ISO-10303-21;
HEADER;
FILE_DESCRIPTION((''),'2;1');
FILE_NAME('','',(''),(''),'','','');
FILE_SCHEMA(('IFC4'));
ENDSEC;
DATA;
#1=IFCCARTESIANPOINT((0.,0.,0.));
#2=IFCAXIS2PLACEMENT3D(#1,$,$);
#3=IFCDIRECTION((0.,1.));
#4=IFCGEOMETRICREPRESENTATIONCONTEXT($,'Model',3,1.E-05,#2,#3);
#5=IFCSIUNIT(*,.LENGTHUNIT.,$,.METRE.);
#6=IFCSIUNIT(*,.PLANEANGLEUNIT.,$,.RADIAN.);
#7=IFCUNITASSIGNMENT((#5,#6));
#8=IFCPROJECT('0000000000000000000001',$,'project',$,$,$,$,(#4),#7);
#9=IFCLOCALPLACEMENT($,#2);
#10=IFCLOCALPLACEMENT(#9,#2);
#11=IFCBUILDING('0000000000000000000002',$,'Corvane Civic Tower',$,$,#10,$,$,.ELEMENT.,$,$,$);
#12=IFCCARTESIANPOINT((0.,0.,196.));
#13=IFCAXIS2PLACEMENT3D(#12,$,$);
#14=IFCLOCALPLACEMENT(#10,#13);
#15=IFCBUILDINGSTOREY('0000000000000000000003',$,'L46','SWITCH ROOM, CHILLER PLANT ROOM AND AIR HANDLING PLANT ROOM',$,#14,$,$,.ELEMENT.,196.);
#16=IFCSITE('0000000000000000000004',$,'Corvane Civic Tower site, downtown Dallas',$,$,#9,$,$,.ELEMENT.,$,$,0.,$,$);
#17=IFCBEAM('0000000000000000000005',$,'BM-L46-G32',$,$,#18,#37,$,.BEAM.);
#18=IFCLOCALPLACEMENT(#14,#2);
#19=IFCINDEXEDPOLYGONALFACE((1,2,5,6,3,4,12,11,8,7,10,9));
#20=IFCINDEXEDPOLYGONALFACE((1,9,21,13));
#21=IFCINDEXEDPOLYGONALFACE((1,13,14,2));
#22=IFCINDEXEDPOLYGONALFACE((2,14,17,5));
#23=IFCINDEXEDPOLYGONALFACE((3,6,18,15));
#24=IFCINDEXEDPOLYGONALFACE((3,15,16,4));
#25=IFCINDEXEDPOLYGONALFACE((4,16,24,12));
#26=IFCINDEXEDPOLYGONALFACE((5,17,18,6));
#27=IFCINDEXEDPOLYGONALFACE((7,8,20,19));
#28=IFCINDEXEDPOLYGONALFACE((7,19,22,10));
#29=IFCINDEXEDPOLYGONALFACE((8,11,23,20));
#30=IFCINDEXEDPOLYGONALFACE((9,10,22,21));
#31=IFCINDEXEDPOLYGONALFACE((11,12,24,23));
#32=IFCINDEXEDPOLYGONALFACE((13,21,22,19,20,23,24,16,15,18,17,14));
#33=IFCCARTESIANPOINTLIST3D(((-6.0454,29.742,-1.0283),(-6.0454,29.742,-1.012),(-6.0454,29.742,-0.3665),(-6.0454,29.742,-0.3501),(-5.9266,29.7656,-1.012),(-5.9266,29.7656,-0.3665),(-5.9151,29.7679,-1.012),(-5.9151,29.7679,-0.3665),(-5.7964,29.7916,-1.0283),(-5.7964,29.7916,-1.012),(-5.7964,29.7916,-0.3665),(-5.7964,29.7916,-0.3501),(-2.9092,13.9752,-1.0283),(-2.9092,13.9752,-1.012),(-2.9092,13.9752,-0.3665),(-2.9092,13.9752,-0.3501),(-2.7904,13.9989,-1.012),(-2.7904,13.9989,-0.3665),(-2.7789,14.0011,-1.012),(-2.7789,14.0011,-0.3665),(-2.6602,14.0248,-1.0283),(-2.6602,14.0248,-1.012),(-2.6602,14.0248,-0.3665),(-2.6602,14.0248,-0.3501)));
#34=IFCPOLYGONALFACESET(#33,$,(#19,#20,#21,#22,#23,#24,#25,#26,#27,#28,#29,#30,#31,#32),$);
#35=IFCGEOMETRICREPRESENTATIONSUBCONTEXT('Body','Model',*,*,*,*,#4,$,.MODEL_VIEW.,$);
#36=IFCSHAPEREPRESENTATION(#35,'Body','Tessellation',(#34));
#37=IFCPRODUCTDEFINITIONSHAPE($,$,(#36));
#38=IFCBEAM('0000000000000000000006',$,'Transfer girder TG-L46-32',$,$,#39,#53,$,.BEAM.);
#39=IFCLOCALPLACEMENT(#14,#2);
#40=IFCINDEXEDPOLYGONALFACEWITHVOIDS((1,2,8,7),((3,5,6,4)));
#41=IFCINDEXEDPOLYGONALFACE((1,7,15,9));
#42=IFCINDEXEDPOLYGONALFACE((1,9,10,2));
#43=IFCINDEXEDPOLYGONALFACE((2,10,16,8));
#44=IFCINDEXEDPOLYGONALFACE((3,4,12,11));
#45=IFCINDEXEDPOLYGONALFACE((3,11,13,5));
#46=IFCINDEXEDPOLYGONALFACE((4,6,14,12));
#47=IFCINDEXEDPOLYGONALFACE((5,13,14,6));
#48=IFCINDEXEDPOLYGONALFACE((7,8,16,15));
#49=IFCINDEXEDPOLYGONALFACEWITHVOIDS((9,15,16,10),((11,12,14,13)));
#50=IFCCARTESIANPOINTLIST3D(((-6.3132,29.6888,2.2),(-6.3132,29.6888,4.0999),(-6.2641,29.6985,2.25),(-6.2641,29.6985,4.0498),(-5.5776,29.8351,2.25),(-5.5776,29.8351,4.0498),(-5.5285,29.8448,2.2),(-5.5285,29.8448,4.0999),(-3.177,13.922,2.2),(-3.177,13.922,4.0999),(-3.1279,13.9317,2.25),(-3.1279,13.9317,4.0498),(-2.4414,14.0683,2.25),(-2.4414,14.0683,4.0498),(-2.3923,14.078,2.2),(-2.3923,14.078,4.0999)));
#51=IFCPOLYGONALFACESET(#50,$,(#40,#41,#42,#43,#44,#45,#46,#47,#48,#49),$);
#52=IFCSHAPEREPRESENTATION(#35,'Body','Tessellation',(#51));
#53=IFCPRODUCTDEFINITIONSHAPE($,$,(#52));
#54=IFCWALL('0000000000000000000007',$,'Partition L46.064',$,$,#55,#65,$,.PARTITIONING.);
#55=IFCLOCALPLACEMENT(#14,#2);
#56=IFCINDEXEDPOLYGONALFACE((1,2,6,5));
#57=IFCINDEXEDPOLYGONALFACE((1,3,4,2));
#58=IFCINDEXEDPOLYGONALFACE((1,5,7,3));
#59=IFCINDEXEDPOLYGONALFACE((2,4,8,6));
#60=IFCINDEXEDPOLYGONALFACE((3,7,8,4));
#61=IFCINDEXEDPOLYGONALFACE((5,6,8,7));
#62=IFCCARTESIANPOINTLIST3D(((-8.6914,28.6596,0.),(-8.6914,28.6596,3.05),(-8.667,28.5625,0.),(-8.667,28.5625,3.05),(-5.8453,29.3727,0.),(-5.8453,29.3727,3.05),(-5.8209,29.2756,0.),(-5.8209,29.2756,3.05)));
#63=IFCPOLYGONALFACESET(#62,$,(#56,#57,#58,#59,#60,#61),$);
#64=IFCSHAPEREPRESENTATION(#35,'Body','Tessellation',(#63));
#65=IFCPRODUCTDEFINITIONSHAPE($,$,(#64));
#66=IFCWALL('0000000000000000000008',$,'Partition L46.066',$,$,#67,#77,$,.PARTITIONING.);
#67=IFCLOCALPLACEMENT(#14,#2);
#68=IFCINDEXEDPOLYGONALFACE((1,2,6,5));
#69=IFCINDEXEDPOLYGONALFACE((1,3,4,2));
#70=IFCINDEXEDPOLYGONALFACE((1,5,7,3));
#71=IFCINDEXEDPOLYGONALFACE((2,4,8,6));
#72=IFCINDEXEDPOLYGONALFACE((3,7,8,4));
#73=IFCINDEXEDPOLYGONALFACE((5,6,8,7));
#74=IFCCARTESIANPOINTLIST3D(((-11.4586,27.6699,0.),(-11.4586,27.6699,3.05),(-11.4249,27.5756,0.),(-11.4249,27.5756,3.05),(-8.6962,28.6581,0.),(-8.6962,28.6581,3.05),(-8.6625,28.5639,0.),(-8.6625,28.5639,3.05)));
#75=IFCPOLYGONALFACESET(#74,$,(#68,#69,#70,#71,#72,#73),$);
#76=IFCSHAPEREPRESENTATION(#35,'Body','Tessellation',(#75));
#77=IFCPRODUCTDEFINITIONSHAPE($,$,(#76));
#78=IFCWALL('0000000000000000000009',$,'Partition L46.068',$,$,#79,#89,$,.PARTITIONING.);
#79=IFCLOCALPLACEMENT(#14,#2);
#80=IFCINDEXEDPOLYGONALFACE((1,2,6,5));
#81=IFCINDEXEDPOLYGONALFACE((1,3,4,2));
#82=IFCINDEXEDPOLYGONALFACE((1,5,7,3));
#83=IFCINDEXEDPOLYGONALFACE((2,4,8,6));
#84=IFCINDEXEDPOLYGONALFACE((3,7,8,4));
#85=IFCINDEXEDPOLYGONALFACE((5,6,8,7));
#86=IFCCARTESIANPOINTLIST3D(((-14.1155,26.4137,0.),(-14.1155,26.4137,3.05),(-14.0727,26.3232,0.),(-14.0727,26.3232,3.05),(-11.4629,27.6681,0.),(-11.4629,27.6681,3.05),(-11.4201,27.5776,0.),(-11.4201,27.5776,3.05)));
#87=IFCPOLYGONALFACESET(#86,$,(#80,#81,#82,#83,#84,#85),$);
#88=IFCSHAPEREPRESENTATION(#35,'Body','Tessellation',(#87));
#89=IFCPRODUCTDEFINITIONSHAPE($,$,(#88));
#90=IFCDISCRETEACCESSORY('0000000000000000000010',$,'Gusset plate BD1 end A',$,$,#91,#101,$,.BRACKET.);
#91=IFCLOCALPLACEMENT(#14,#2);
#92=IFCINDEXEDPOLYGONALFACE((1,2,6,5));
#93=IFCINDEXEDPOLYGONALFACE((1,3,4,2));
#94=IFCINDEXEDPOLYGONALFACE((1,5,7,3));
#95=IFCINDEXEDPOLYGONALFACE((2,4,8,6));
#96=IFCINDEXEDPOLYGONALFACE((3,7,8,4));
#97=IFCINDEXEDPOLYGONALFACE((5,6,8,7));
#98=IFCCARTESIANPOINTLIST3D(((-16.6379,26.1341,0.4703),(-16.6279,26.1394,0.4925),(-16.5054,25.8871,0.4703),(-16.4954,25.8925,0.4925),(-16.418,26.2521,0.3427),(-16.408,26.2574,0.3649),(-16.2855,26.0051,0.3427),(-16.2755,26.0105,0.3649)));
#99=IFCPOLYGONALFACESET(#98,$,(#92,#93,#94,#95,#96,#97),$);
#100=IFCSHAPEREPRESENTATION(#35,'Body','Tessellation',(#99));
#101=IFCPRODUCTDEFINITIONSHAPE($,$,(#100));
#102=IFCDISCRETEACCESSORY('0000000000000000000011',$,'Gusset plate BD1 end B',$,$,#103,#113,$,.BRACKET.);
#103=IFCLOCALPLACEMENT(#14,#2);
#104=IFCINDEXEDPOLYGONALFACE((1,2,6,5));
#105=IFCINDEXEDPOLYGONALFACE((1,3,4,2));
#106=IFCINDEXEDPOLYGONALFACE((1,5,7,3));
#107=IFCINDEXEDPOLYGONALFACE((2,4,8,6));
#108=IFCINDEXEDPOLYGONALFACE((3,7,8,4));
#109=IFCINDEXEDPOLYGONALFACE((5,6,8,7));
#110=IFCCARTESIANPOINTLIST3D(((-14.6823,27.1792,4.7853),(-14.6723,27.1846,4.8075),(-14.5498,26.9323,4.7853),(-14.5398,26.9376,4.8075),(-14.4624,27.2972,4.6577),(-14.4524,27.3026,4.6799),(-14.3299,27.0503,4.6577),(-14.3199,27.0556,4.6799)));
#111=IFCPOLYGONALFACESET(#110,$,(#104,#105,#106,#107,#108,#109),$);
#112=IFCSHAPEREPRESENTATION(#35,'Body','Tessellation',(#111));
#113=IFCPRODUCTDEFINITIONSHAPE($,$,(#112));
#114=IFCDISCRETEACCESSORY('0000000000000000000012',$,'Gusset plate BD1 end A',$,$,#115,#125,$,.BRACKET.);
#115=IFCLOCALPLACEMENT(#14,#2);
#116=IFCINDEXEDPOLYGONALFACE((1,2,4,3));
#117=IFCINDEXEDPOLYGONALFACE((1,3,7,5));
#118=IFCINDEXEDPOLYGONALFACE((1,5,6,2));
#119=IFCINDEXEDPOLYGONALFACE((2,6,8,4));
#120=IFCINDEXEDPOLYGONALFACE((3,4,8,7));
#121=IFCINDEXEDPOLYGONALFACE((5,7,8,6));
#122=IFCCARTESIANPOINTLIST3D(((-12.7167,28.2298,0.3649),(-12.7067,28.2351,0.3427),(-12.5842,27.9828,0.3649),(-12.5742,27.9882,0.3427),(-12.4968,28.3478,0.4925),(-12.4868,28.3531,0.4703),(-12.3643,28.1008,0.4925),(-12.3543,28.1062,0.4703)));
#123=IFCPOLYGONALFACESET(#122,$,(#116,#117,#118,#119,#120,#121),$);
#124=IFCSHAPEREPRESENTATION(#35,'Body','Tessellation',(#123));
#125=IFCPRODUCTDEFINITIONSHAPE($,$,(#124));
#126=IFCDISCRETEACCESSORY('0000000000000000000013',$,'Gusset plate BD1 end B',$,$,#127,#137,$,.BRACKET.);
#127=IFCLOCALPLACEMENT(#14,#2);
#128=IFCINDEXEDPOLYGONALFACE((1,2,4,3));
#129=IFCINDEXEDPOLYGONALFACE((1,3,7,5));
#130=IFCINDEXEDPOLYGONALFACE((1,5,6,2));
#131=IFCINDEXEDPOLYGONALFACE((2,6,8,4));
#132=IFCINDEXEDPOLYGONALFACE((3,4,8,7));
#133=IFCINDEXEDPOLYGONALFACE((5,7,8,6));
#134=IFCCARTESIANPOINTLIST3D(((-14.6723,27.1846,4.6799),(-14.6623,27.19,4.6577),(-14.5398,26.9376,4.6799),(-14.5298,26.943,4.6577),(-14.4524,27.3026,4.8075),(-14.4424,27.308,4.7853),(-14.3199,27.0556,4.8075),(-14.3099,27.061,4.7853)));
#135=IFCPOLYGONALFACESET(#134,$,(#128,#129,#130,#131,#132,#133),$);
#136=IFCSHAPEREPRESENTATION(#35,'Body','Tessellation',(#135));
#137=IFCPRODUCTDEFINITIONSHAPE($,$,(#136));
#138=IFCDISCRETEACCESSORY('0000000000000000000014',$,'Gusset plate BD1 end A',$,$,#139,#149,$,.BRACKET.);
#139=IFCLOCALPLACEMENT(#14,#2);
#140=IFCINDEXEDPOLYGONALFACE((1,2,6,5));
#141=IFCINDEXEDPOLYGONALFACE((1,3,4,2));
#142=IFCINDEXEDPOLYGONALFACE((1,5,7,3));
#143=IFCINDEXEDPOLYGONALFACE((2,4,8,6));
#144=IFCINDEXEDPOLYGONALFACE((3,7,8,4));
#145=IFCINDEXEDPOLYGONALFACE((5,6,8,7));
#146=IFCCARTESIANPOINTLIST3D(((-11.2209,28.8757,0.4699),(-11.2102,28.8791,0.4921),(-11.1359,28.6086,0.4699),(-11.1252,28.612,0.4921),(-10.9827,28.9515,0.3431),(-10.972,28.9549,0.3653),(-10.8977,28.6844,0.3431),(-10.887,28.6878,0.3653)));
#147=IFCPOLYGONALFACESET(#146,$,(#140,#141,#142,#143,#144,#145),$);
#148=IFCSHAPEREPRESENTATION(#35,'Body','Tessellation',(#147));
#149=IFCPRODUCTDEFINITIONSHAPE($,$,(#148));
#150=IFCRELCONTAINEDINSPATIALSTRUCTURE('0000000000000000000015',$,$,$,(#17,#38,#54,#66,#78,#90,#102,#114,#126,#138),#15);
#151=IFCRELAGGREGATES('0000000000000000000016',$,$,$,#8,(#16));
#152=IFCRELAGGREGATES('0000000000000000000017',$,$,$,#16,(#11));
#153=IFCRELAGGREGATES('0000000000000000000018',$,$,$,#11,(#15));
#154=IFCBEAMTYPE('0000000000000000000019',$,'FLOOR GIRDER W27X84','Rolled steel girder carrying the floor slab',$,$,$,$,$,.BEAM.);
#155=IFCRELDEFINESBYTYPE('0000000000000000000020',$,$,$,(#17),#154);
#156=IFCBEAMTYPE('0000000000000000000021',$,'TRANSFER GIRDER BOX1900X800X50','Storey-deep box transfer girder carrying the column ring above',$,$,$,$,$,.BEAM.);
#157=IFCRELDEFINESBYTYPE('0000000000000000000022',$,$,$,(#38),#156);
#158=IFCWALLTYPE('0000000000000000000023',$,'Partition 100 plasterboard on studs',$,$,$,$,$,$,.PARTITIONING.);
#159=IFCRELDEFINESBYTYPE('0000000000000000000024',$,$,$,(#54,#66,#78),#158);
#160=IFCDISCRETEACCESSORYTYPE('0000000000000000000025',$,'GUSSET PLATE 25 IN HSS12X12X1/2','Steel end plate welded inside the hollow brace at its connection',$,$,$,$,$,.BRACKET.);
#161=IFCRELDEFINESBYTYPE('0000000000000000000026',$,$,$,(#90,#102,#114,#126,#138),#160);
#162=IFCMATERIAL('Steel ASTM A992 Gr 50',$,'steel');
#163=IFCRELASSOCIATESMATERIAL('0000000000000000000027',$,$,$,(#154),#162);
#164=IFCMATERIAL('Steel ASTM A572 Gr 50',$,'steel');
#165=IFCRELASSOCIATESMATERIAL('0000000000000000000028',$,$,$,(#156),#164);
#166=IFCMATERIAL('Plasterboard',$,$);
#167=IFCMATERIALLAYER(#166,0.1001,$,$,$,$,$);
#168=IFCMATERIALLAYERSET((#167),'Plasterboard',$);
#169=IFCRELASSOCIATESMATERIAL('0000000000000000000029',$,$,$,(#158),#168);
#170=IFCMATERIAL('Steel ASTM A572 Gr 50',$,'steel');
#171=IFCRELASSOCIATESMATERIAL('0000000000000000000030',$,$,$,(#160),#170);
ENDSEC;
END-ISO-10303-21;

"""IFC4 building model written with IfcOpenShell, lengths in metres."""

from ifc_helpers import new_model, si_unit, direction, frame, frame_2d, origin, origin_2d, place, context, subcontext, project, spatial, rectangle, hollow_rectangle, i_section, extrude, material, layer, layer_set, material_profile, profile_set, type_object, element, save


model = new_model("IFC4")

# Units and contexts
model_context = context("Model", 3, precision=1e-05, world=origin(), true_north=direction((0.0, 1.0)))
body_context = subcontext(model_context, "Body", "Model", "MODEL_VIEW")
ifc_project = project(units=[si_unit("LENGTHUNIT", "METRE"), si_unit("PLANEANGLEUNIT", "RADIAN")], contexts=[model_context])

# Site, building, storey
site_placement = place(None, origin())
site = spatial("IfcSite", under=ifc_project, at=site_placement, Name="Corvane Civic Tower site, downtown Dallas", CompositionType="ELEMENT", RefElevation=0.0)
building_placement = place(site_placement, origin())
building = spatial("IfcBuilding", under=site, at=building_placement, Name="Corvane Civic Tower", CompositionType="ELEMENT")
storey_placement = place(building_placement, frame((0.0, 0.0, 196.0)))
storey = spatial("IfcBuildingStorey", under=building, at=storey_placement, Name="L46", Description="SWITCH ROOM, CHILLER PLANT ROOM AND AIR HANDLING PLANT ROOM", CompositionType="ELEMENT", Elevation=196.0)

# Beams
ifc_material_1 = material(Name="Steel ASTM A992 Gr 50", Category="steel")
ifc_material_profile_1 = material_profile(ifc_material_1, i_section(OverallWidth=0.2539, OverallDepth=0.6782, WebThickness=0.0117, FlangeThickness=0.0164, at=origin_2d()), Name="W27X84")
ifc_profile_set_1 = profile_set([ifc_material_profile_1], Name="Steel ASTM A992 Gr 50")
beam_type_1 = type_object("IfcBeamType", Name="FLOOR GIRDER W27X84", Description="Rolled steel girder carrying the floor slab", PredefinedType="BEAM", material=ifc_profile_set_1)
beam_1_placement = place(storey_placement, frame((-2.7847, 14.0, -0.6892), z_axis=(-0.195091, 0.980785, 0.0), x_axis=(-0.980785, -0.195091, 0.0)))
element("IfcBeam", 1, at=beam_1_placement, inside=storey, type_object=beam_type_1, Name="BM-L46-G32", PredefinedType="BEAM", context=body_context, shape_type="SweptSolid", body=[
    extrude(i_section(OverallWidth=0.2539, OverallDepth=0.6782, WebThickness=0.0117, FlangeThickness=0.0164, at=origin_2d()), origin(), (0.0, 0.0, 1.0), 16.0757),
])
ifc_material_2 = material(Name="Steel ASTM A572 Gr 50", Category="steel")
ifc_material_profile_2 = material_profile(ifc_material_2, hollow_rectangle(XDim=0.8, YDim=1.8999, WallThickness=0.05, at=origin_2d()), Name="BOX1900X800X50")
ifc_profile_set_2 = profile_set([ifc_material_profile_2], Name="Steel ASTM A572 Gr 50")
beam_type_2 = type_object("IfcBeamType", Name="TRANSFER GIRDER BOX1900X800X50", Description="Storey-deep box transfer girder carrying the column ring above", PredefinedType="BEAM", material=ifc_profile_set_2)
beam_2_placement = place(storey_placement, frame((-2.7847, 14.0, 3.1499), z_axis=(-0.195091, 0.980785, 0.0), x_axis=(-0.980785, -0.195091, 0.0)))
element("IfcBeam", 2, at=beam_2_placement, inside=storey, type_object=beam_type_2, Name="Transfer girder TG-L46-32", PredefinedType="BEAM", context=body_context, shape_type="SweptSolid", body=[
    extrude(hollow_rectangle(XDim=0.8, YDim=1.8999, WallThickness=0.05, at=origin_2d()), origin(), (0.0, 0.0, 1.0), 16.0757),
])

# Walls
ifc_material_3 = material(Name="Plasterboard")
ifc_layer = layer(ifc_material_3, 0.1001)
ifc_layer_set = layer_set([ifc_layer], Name="Plasterboard")
wall_type = type_object("IfcWallType", Name="Partition 100 plasterboard on studs", PredefinedType="PARTITIONING", material=ifc_layer_set)
wall_1_placement = place(storey_placement, frame((-8.6792, 28.6111, 0.0), z_axis=(0.0, 0.0, 1.0), x_axis=(0.970015, 0.243045, 0.0)))
element("IfcWall", 3, at=wall_1_placement, inside=storey, type_object=wall_type, Name="Partition L46.064", PredefinedType="PARTITIONING", context=body_context, shape_type="SweptSolid", body=[
    extrude(rectangle(XDim=2.9341, YDim=0.1001, at=frame_2d((1.467, 0.0))), origin(), (0.0, 0.0, 1.0), 3.05),
])
wall_2_placement = place(storey_placement, frame((-11.4417, 27.6228, 0.0), z_axis=(0.0, 0.0, 1.0), x_axis=(0.941559, 0.336848, 0.0)))
element("IfcWall", 4, at=wall_2_placement, inside=storey, type_object=wall_type, Name="Partition L46.066", PredefinedType="PARTITIONING", context=body_context, shape_type="SweptSolid", body=[
    extrude(rectangle(XDim=2.9338, YDim=0.1001, at=frame_2d((1.4668, 0.0))), origin(), (0.0, 0.0, 1.0), 3.05),
])
wall_3_placement = place(storey_placement, frame((-14.0942, 26.3684, 0.0), z_axis=(0.0, 0.0, 1.0), x_axis=(0.904014, 0.427503, 0.0)))
element("IfcWall", 5, at=wall_3_placement, inside=storey, type_object=wall_type, Name="Partition L46.068", PredefinedType="PARTITIONING", context=body_context, shape_type="SweptSolid", body=[
    extrude(rectangle(XDim=2.9343, YDim=0.1001, at=frame_2d((1.4673, 0.0))), origin(), (0.0, 0.0, 1.0), 3.05),
])

# Discrete accessories
ifc_material_4 = material(Name="Steel ASTM A572 Gr 50", Category="steel")
ifc_material_profile_3 = material_profile(ifc_material_4, rectangle(XDim=0.2803, YDim=0.2803, at=origin_2d()), Name="GUSSET PLATE 25 IN HSS12X12X1/2")
ifc_profile_set_3 = profile_set([ifc_material_profile_3], Name="Steel ASTM A572 Gr 50")
discrete_accessory_type = type_object("IfcDiscreteAccessoryType", Name="GUSSET PLATE 25 IN HSS12X12X1/2", Description="Steel end plate welded inside the hollow brace at its connection", PredefinedType="BRACKET", material=ifc_profile_set_3)
for number, where, z_axis, x_axis, name in (
    (6, (-16.4617, 26.0696, 0.4065), (0.401152, 0.215252, 0.890362), (-0.472818, 0.88116, 0.0), "Gusset plate BD1 end A"),
    (7, (-14.4961, 27.1201, 4.7437), (-0.401152, -0.215252, -0.890362), (0.472818, -0.88116, 0.0), "Gusset plate BD1 end B"),
    (8, (-12.5305, 28.1707, 0.4065), (-0.401152, -0.215252, 0.890362), (0.472818, -0.88116, 0.0), "Gusset plate BD1 end A"),
    (9, (-14.4961, 27.1201, 4.7437), (0.401152, 0.215252, -0.890362), (-0.472818, 0.88116, 0.0), "Gusset plate BD1 end B"),
    (10, (-11.0593, 28.78, 0.4065), (0.431186, 0.137196, 0.891771), (-0.303204, 0.952926, 0.0), "Gusset plate BD1 end A"),
):
    element("IfcDiscreteAccessory", number, at=place(storey_placement, frame(where, z_axis=z_axis, x_axis=x_axis)), inside=storey, type_object=discrete_accessory_type, Name=name, PredefinedType="BRACKET", context=body_context, shape_type="SweptSolid", body=[
        extrude(rectangle(XDim=0.2803, YDim=0.2803, at=origin_2d()), origin(), (0.0, 0.0, 1.0), 0.0249),
    ])

save(model, "model.ifc")
